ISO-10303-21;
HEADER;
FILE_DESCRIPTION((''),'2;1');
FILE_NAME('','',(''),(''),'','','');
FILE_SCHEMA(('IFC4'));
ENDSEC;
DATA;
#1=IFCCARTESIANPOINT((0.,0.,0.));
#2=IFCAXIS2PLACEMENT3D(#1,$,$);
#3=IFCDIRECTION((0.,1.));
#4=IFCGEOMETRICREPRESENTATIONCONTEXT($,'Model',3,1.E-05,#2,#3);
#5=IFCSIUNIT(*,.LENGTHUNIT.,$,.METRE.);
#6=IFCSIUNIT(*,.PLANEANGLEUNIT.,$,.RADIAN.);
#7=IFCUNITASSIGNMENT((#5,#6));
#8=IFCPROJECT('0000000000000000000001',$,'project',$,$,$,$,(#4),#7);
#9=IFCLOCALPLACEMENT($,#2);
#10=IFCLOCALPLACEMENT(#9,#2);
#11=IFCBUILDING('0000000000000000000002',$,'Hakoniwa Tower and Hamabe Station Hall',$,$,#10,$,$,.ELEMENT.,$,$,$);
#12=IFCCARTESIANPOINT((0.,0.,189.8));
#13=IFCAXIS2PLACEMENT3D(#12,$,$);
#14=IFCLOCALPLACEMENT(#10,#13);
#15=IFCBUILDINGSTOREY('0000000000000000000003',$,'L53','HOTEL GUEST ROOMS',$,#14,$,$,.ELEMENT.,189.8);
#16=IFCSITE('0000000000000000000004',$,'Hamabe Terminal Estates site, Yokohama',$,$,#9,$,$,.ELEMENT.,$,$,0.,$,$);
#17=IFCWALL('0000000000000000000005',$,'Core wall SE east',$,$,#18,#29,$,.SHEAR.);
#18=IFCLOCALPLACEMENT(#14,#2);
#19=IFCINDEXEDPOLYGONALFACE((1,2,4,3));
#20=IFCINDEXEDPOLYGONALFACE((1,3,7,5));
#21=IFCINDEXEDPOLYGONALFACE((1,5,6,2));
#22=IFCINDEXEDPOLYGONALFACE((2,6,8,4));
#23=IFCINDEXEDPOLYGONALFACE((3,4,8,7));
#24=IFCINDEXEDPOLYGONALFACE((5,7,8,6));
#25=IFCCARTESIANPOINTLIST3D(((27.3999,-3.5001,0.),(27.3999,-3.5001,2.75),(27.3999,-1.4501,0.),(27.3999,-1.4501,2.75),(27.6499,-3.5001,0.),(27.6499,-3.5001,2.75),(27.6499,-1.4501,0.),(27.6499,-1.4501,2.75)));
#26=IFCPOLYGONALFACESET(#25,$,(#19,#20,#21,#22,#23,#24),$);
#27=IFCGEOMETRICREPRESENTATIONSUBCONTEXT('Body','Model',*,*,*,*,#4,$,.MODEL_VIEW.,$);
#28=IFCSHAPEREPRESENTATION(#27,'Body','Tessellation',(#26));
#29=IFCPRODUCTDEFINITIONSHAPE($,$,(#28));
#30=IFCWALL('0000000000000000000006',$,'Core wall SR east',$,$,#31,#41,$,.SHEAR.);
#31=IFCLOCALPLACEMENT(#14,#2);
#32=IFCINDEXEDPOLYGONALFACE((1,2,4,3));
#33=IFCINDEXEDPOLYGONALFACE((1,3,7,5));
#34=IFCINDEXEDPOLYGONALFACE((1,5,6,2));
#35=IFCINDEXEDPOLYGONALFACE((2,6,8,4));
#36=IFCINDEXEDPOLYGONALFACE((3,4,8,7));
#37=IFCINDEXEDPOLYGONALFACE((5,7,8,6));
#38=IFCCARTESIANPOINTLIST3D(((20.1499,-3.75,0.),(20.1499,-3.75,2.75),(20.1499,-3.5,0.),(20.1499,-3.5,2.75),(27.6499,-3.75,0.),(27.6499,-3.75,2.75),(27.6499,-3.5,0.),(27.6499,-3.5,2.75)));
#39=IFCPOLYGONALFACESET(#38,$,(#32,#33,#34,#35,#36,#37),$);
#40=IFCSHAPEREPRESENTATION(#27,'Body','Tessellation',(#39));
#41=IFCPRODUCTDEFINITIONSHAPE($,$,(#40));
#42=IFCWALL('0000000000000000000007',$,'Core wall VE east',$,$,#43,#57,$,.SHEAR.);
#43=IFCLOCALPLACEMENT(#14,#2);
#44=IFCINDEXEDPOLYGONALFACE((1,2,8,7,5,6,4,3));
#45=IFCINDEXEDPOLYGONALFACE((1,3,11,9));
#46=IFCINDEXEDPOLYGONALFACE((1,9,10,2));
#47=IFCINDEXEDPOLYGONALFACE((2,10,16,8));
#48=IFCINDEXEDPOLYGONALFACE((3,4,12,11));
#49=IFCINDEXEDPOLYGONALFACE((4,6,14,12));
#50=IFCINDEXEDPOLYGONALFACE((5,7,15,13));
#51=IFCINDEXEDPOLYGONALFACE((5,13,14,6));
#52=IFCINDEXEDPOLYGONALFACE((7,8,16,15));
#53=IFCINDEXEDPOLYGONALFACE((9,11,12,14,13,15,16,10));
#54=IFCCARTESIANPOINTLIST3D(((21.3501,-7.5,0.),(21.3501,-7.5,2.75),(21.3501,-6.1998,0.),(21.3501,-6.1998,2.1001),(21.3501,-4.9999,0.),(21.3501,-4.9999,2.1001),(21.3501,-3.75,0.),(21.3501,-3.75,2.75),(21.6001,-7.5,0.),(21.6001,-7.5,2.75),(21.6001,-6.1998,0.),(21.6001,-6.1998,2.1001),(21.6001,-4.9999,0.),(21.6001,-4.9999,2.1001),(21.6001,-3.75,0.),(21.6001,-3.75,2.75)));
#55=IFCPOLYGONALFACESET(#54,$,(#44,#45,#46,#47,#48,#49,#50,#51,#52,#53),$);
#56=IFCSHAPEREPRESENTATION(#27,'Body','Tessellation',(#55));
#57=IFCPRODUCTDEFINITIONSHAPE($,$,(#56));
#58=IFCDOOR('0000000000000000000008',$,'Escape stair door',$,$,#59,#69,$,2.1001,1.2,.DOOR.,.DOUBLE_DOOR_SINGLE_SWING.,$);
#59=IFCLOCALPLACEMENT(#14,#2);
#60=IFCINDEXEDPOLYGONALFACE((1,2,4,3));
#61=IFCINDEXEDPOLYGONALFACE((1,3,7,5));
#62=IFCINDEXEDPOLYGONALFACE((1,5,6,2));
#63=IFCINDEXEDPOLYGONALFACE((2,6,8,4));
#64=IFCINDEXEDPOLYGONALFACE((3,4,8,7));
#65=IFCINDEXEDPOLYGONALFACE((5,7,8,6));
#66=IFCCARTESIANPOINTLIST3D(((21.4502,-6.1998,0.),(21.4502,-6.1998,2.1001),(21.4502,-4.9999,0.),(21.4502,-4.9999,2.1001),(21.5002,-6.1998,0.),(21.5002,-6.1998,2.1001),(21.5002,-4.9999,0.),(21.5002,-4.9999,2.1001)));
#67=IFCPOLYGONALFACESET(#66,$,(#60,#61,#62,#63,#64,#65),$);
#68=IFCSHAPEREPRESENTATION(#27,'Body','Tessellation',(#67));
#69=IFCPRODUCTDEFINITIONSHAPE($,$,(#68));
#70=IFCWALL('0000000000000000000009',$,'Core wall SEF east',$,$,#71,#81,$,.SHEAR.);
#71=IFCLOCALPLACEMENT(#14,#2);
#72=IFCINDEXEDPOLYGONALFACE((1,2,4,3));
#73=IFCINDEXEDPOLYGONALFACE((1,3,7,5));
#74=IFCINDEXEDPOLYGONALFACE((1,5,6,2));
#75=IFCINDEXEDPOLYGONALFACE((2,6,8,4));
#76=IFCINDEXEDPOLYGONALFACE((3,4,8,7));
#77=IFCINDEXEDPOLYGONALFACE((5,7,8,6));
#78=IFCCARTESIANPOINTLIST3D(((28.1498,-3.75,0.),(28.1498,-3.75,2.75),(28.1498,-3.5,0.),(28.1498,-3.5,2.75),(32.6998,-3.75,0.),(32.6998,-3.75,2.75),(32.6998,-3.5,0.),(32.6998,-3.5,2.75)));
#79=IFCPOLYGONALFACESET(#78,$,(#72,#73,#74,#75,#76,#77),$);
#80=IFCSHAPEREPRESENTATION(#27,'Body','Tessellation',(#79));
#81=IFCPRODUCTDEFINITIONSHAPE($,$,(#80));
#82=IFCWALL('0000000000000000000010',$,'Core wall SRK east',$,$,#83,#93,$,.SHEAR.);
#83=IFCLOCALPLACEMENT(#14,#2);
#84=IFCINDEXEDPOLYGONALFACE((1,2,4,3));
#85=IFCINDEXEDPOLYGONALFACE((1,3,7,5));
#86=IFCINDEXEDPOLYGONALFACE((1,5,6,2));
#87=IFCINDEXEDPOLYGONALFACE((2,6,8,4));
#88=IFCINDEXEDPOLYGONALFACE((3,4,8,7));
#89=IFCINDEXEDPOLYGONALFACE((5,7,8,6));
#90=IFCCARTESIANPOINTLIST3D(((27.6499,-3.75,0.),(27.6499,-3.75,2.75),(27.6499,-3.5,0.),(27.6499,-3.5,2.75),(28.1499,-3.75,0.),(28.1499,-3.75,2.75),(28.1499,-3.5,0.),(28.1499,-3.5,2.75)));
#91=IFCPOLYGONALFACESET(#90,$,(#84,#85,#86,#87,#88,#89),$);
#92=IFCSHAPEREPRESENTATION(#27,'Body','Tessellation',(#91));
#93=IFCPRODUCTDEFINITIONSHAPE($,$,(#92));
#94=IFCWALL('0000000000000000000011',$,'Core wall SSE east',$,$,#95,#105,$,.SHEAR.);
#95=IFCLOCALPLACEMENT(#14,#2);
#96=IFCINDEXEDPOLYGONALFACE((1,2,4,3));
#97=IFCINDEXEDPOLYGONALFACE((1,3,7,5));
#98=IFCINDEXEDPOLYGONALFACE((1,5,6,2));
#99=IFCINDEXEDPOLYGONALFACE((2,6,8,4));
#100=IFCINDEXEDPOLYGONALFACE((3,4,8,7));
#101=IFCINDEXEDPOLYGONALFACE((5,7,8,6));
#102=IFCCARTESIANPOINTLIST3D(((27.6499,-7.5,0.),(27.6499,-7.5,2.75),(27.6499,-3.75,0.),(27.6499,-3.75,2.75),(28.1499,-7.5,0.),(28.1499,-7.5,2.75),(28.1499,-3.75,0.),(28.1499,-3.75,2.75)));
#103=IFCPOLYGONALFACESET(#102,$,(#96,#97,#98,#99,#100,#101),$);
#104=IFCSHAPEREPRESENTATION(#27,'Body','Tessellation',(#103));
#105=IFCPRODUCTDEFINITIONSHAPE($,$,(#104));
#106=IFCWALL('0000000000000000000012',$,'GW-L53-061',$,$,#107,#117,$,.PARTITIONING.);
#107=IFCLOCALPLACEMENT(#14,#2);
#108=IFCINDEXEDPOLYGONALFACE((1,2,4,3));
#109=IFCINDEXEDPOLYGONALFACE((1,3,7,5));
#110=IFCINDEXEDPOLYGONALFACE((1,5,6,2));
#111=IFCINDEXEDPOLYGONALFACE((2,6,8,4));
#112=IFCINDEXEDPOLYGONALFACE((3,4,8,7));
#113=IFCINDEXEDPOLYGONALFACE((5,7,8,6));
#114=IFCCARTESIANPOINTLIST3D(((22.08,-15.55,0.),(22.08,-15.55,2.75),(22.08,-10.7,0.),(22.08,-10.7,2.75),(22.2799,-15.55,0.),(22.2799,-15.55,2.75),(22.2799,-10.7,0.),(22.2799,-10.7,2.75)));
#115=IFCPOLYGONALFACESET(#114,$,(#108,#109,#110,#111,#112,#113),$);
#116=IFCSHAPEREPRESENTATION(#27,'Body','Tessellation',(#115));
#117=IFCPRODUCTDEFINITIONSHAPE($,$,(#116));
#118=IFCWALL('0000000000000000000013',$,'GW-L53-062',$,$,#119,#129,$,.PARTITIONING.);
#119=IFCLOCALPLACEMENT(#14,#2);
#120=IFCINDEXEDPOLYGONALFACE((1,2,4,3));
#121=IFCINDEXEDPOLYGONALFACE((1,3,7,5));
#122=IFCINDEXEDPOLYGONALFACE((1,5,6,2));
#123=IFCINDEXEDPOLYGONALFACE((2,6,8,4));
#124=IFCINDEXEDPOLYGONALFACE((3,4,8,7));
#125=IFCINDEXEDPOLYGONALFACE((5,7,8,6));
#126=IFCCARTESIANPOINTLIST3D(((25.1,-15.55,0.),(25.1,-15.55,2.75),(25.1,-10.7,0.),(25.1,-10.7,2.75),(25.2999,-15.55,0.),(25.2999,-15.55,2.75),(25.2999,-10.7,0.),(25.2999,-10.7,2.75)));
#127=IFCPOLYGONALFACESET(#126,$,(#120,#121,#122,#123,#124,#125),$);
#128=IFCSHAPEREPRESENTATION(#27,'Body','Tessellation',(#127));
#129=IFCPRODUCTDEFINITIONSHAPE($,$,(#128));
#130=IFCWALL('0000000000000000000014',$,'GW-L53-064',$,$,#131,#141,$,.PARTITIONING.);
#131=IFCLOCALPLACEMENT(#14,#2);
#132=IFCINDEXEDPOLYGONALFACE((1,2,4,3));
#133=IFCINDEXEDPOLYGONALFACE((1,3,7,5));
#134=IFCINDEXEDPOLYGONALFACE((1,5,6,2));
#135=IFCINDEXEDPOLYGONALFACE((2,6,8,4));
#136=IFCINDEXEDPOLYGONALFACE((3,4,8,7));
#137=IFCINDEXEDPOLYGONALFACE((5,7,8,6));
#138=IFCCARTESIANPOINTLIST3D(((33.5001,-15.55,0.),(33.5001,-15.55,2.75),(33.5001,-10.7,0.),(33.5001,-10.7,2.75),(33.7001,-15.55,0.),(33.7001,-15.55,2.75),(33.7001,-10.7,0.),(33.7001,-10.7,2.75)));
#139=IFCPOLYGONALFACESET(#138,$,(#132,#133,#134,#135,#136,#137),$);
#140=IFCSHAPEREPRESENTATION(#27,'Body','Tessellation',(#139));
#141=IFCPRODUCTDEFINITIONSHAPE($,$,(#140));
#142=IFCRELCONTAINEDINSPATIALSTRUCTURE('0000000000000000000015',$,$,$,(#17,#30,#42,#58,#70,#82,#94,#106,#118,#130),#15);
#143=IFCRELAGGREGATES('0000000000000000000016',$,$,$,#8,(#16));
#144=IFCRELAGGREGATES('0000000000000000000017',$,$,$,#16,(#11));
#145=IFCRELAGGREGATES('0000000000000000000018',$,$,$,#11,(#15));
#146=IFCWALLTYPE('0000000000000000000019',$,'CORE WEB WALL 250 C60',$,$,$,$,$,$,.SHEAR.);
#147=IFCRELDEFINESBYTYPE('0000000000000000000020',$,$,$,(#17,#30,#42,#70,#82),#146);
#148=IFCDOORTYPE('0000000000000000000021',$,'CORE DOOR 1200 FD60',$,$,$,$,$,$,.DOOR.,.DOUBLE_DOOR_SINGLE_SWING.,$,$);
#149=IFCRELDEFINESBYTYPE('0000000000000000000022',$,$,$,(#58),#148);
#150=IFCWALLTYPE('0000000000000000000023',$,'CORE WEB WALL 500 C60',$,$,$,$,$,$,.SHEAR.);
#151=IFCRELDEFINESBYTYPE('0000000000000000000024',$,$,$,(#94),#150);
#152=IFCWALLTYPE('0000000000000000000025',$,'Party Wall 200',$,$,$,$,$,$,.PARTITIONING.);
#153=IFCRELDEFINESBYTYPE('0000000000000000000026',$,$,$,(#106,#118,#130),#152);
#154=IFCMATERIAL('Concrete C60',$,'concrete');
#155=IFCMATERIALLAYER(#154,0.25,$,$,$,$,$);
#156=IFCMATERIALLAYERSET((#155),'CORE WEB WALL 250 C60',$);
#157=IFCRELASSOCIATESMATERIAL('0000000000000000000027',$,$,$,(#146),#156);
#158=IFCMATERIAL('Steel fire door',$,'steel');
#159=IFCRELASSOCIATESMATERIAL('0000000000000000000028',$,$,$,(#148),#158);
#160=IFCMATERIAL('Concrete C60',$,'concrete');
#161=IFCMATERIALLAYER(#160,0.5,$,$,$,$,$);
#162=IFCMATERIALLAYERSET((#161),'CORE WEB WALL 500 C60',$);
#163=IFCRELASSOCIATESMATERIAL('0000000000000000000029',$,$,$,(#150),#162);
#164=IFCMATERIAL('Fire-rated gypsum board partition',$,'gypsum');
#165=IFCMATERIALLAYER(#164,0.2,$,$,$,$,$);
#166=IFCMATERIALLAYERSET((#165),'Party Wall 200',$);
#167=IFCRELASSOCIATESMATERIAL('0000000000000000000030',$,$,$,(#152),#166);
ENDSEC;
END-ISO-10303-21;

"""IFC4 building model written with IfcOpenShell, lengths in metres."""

from ifc_helpers import new_model, si_unit, direction, frame, frame_2d, origin, place, context, subcontext, project, spatial, rectangle, extrude, material, layer, layer_set, type_object, element, fill, save


model = new_model("IFC4")

# Units and contexts
model_context = context("Model", 3, precision=1e-05, world=origin(), true_north=direction((0.0, 1.0)))
body_context = subcontext(model_context, "Body", "Model", "MODEL_VIEW")
ifc_project = project(units=[si_unit("LENGTHUNIT", "METRE"), si_unit("PLANEANGLEUNIT", "RADIAN")], contexts=[model_context])

# Site, building, storey
site_placement = place(None, origin())
site = spatial("IfcSite", under=ifc_project, at=site_placement, Name="Hamabe Terminal Estates site, Yokohama", CompositionType="ELEMENT", RefElevation=0.0)
building_placement = place(site_placement, origin())
building = spatial("IfcBuilding", under=site, at=building_placement, Name="Hakoniwa Tower and Hamabe Station Hall", CompositionType="ELEMENT")
storey_placement = place(building_placement, frame((0.0, 0.0, 189.8)))
storey = spatial("IfcBuildingStorey", under=building, at=storey_placement, Name="L53", Description="HOTEL GUEST ROOMS", CompositionType="ELEMENT", Elevation=189.8)

# Shared definitions
ifc_material_1 = material(Name="Concrete C60", Category="concrete")
ifc_layer_1 = layer(ifc_material_1, 0.25)
ifc_layer_set_1 = layer_set([ifc_layer_1], Name="CORE WEB WALL 250 C60")
wall_type_1 = type_object("IfcWallType", Name="CORE WEB WALL 250 C60", PredefinedType="SHEAR", material=ifc_layer_set_1)

# Walls
wall_1_placement = place(storey_placement, frame((27.5249, -3.5, 0.0), z_axis=(0.0, 0.0, 1.0), x_axis=(0.0, 1.0, 0.0)))
element("IfcWall", 1, at=wall_1_placement, inside=storey, type_object=wall_type_1, Name="Core wall SE east", PredefinedType="SHEAR", context=body_context, shape_type="SweptSolid", body=[
    extrude(rectangle(XDim=2.05, YDim=0.25, at=frame_2d((1.0249, 0.0))), origin(), (0.0, 0.0, 1.0), 2.75),
])
wall_2_placement = place(storey_placement, frame((20.1499, -3.625, 0.0), z_axis=(0.0, 0.0, 1.0), x_axis=(1.0, 0.0, 0.0)))
element("IfcWall", 2, at=wall_2_placement, inside=storey, type_object=wall_type_1, Name="Core wall SR east", PredefinedType="SHEAR", context=body_context, shape_type="SweptSolid", body=[
    extrude(rectangle(XDim=7.5, YDim=0.25, at=frame_2d((3.75, 0.0))), origin(), (0.0, 0.0, 1.0), 2.75),
])

# Wall, opening, door
wall_3_placement = place(storey_placement, frame((21.4751, -7.5, 0.0), z_axis=(0.0, 0.0, 1.0), x_axis=(0.0, 1.0, 0.0)))
wall_3 = element("IfcWall", 3, at=wall_3_placement, inside=storey, type_object=wall_type_1, Name="Core wall VE east", PredefinedType="SHEAR", context=body_context, shape_type="SweptSolid", body=[
    extrude(rectangle(XDim=3.75, YDim=0.25, at=frame_2d((1.875, 0.0))), origin(), (0.0, 0.0, 1.0), 2.75),
])
opening_1_placement = place(wall_3_placement, frame((1.3, 0.0, 0.0)))
opening_1 = element("IfcOpeningElement", 4, at=opening_1_placement, cuts=wall_3, PredefinedType="OPENING", context=body_context, shape_type="SweptSolid", body=[
    extrude(rectangle(XDim=1.2, YDim=2.1001, at=frame_2d((0.6001, 1.05))), frame((0.0, 0.135, 0.0), z_axis=(0.0, -1.0, 0.0), x_axis=(1.0, 0.0, 0.0)), (0.0, 0.0, 1.0), 0.27),
])
ifc_material_2 = material(Name="Steel fire door", Category="steel")
door_type_1 = type_object("IfcDoorType", Name="CORE DOOR 1200 FD60", OperationType="DOUBLE_DOOR_SINGLE_SWING", PredefinedType="DOOR", material=ifc_material_2)
door_1_placement = place(opening_1_placement, origin())
door_1 = element("IfcDoor", 5, at=door_1_placement, inside=storey, type_object=door_type_1, Name="Escape stair door", OperationType="DOUBLE_DOOR_SINGLE_SWING", OverallHeight=2.1001, OverallWidth=1.2, PredefinedType="DOOR", context=body_context, shape_type="SweptSolid", body=[
    extrude(rectangle(XDim=1.2, YDim=2.1001, at=frame_2d((0.6001, 1.05))), frame((0.0, 0.0249, 0.0), z_axis=(0.0, -1.0, 0.0), x_axis=(1.0, 0.0, 0.0)), (0.0, 0.0, 1.0), 0.05),
])
fill(opening_1, door_1)

# Walls
wall_4_placement = place(storey_placement, frame((28.1499, -3.625, 0.0), z_axis=(0.0, 0.0, 1.0), x_axis=(1.0, 0.0, 0.0)))
element("IfcWall", 6, at=wall_4_placement, inside=storey, type_object=wall_type_1, Name="Core wall SEF east", PredefinedType="SHEAR", context=body_context, shape_type="SweptSolid", body=[
    extrude(rectangle(XDim=4.55, YDim=0.25, at=frame_2d((2.2749, 0.0))), origin(), (0.0, 0.0, 1.0), 2.75),
])
wall_5_placement = place(storey_placement, frame((27.6499, -3.625, 0.0), z_axis=(0.0, 0.0, 1.0), x_axis=(1.0, 0.0, 0.0)))
element("IfcWall", 7, at=wall_5_placement, inside=storey, type_object=wall_type_1, Name="Core wall SRK east", PredefinedType="SHEAR", context=body_context, shape_type="SweptSolid", body=[
    extrude(rectangle(XDim=0.5, YDim=0.25, at=frame_2d((0.25, 0.0))), origin(), (0.0, 0.0, 1.0), 2.75),
])
ifc_material_3 = material(Name="Concrete C60", Category="concrete")
ifc_layer_2 = layer(ifc_material_3, 0.5)
ifc_layer_set_2 = layer_set([ifc_layer_2], Name="CORE WEB WALL 500 C60")
wall_type_2 = type_object("IfcWallType", Name="CORE WEB WALL 500 C60", PredefinedType="SHEAR", material=ifc_layer_set_2)
wall_6_placement = place(storey_placement, frame((27.8999, -7.5, 0.0), z_axis=(0.0, 0.0, 1.0), x_axis=(0.0, 1.0, 0.0)))
element("IfcWall", 8, at=wall_6_placement, inside=storey, type_object=wall_type_2, Name="Core wall SSE east", PredefinedType="SHEAR", context=body_context, shape_type="SweptSolid", body=[
    extrude(rectangle(XDim=3.75, YDim=0.5, at=frame_2d((1.875, 0.0))), origin(), (0.0, 0.0, 1.0), 2.75),
])
ifc_material_4 = material(Name="Fire-rated gypsum board partition", Category="gypsum")
ifc_layer_3 = layer(ifc_material_4, 0.2)
ifc_layer_set_3 = layer_set([ifc_layer_3], Name="Party Wall 200")
wall_type_3 = type_object("IfcWallType", Name="Party Wall 200", PredefinedType="PARTITIONING", material=ifc_layer_set_3)
for number, where, z_axis, x_axis, name in (
    (9, (22.1799, -15.55, 0.0), (0.0, 0.0, 1.0), (0.0, 1.0, 0.0), "GW-L53-061"),
    (10, (25.2, -15.55, 0.0), (0.0, 0.0, 1.0), (0.0, 1.0, 0.0), "GW-L53-062"),
    (11, (33.6001, -15.55, 0.0), (0.0, 0.0, 1.0), (0.0, 1.0, 0.0), "GW-L53-064"),
):
    element("IfcWall", number, at=place(storey_placement, frame(where, z_axis=z_axis, x_axis=x_axis)), inside=storey, type_object=wall_type_3, Name=name, PredefinedType="PARTITIONING", context=body_context, shape_type="SweptSolid", body=[
        extrude(rectangle(XDim=4.8501, YDim=0.2, at=frame_2d((2.425, 0.0))), origin(), (0.0, 0.0, 1.0), 2.75),
    ])

save(model, "model.ifc")
